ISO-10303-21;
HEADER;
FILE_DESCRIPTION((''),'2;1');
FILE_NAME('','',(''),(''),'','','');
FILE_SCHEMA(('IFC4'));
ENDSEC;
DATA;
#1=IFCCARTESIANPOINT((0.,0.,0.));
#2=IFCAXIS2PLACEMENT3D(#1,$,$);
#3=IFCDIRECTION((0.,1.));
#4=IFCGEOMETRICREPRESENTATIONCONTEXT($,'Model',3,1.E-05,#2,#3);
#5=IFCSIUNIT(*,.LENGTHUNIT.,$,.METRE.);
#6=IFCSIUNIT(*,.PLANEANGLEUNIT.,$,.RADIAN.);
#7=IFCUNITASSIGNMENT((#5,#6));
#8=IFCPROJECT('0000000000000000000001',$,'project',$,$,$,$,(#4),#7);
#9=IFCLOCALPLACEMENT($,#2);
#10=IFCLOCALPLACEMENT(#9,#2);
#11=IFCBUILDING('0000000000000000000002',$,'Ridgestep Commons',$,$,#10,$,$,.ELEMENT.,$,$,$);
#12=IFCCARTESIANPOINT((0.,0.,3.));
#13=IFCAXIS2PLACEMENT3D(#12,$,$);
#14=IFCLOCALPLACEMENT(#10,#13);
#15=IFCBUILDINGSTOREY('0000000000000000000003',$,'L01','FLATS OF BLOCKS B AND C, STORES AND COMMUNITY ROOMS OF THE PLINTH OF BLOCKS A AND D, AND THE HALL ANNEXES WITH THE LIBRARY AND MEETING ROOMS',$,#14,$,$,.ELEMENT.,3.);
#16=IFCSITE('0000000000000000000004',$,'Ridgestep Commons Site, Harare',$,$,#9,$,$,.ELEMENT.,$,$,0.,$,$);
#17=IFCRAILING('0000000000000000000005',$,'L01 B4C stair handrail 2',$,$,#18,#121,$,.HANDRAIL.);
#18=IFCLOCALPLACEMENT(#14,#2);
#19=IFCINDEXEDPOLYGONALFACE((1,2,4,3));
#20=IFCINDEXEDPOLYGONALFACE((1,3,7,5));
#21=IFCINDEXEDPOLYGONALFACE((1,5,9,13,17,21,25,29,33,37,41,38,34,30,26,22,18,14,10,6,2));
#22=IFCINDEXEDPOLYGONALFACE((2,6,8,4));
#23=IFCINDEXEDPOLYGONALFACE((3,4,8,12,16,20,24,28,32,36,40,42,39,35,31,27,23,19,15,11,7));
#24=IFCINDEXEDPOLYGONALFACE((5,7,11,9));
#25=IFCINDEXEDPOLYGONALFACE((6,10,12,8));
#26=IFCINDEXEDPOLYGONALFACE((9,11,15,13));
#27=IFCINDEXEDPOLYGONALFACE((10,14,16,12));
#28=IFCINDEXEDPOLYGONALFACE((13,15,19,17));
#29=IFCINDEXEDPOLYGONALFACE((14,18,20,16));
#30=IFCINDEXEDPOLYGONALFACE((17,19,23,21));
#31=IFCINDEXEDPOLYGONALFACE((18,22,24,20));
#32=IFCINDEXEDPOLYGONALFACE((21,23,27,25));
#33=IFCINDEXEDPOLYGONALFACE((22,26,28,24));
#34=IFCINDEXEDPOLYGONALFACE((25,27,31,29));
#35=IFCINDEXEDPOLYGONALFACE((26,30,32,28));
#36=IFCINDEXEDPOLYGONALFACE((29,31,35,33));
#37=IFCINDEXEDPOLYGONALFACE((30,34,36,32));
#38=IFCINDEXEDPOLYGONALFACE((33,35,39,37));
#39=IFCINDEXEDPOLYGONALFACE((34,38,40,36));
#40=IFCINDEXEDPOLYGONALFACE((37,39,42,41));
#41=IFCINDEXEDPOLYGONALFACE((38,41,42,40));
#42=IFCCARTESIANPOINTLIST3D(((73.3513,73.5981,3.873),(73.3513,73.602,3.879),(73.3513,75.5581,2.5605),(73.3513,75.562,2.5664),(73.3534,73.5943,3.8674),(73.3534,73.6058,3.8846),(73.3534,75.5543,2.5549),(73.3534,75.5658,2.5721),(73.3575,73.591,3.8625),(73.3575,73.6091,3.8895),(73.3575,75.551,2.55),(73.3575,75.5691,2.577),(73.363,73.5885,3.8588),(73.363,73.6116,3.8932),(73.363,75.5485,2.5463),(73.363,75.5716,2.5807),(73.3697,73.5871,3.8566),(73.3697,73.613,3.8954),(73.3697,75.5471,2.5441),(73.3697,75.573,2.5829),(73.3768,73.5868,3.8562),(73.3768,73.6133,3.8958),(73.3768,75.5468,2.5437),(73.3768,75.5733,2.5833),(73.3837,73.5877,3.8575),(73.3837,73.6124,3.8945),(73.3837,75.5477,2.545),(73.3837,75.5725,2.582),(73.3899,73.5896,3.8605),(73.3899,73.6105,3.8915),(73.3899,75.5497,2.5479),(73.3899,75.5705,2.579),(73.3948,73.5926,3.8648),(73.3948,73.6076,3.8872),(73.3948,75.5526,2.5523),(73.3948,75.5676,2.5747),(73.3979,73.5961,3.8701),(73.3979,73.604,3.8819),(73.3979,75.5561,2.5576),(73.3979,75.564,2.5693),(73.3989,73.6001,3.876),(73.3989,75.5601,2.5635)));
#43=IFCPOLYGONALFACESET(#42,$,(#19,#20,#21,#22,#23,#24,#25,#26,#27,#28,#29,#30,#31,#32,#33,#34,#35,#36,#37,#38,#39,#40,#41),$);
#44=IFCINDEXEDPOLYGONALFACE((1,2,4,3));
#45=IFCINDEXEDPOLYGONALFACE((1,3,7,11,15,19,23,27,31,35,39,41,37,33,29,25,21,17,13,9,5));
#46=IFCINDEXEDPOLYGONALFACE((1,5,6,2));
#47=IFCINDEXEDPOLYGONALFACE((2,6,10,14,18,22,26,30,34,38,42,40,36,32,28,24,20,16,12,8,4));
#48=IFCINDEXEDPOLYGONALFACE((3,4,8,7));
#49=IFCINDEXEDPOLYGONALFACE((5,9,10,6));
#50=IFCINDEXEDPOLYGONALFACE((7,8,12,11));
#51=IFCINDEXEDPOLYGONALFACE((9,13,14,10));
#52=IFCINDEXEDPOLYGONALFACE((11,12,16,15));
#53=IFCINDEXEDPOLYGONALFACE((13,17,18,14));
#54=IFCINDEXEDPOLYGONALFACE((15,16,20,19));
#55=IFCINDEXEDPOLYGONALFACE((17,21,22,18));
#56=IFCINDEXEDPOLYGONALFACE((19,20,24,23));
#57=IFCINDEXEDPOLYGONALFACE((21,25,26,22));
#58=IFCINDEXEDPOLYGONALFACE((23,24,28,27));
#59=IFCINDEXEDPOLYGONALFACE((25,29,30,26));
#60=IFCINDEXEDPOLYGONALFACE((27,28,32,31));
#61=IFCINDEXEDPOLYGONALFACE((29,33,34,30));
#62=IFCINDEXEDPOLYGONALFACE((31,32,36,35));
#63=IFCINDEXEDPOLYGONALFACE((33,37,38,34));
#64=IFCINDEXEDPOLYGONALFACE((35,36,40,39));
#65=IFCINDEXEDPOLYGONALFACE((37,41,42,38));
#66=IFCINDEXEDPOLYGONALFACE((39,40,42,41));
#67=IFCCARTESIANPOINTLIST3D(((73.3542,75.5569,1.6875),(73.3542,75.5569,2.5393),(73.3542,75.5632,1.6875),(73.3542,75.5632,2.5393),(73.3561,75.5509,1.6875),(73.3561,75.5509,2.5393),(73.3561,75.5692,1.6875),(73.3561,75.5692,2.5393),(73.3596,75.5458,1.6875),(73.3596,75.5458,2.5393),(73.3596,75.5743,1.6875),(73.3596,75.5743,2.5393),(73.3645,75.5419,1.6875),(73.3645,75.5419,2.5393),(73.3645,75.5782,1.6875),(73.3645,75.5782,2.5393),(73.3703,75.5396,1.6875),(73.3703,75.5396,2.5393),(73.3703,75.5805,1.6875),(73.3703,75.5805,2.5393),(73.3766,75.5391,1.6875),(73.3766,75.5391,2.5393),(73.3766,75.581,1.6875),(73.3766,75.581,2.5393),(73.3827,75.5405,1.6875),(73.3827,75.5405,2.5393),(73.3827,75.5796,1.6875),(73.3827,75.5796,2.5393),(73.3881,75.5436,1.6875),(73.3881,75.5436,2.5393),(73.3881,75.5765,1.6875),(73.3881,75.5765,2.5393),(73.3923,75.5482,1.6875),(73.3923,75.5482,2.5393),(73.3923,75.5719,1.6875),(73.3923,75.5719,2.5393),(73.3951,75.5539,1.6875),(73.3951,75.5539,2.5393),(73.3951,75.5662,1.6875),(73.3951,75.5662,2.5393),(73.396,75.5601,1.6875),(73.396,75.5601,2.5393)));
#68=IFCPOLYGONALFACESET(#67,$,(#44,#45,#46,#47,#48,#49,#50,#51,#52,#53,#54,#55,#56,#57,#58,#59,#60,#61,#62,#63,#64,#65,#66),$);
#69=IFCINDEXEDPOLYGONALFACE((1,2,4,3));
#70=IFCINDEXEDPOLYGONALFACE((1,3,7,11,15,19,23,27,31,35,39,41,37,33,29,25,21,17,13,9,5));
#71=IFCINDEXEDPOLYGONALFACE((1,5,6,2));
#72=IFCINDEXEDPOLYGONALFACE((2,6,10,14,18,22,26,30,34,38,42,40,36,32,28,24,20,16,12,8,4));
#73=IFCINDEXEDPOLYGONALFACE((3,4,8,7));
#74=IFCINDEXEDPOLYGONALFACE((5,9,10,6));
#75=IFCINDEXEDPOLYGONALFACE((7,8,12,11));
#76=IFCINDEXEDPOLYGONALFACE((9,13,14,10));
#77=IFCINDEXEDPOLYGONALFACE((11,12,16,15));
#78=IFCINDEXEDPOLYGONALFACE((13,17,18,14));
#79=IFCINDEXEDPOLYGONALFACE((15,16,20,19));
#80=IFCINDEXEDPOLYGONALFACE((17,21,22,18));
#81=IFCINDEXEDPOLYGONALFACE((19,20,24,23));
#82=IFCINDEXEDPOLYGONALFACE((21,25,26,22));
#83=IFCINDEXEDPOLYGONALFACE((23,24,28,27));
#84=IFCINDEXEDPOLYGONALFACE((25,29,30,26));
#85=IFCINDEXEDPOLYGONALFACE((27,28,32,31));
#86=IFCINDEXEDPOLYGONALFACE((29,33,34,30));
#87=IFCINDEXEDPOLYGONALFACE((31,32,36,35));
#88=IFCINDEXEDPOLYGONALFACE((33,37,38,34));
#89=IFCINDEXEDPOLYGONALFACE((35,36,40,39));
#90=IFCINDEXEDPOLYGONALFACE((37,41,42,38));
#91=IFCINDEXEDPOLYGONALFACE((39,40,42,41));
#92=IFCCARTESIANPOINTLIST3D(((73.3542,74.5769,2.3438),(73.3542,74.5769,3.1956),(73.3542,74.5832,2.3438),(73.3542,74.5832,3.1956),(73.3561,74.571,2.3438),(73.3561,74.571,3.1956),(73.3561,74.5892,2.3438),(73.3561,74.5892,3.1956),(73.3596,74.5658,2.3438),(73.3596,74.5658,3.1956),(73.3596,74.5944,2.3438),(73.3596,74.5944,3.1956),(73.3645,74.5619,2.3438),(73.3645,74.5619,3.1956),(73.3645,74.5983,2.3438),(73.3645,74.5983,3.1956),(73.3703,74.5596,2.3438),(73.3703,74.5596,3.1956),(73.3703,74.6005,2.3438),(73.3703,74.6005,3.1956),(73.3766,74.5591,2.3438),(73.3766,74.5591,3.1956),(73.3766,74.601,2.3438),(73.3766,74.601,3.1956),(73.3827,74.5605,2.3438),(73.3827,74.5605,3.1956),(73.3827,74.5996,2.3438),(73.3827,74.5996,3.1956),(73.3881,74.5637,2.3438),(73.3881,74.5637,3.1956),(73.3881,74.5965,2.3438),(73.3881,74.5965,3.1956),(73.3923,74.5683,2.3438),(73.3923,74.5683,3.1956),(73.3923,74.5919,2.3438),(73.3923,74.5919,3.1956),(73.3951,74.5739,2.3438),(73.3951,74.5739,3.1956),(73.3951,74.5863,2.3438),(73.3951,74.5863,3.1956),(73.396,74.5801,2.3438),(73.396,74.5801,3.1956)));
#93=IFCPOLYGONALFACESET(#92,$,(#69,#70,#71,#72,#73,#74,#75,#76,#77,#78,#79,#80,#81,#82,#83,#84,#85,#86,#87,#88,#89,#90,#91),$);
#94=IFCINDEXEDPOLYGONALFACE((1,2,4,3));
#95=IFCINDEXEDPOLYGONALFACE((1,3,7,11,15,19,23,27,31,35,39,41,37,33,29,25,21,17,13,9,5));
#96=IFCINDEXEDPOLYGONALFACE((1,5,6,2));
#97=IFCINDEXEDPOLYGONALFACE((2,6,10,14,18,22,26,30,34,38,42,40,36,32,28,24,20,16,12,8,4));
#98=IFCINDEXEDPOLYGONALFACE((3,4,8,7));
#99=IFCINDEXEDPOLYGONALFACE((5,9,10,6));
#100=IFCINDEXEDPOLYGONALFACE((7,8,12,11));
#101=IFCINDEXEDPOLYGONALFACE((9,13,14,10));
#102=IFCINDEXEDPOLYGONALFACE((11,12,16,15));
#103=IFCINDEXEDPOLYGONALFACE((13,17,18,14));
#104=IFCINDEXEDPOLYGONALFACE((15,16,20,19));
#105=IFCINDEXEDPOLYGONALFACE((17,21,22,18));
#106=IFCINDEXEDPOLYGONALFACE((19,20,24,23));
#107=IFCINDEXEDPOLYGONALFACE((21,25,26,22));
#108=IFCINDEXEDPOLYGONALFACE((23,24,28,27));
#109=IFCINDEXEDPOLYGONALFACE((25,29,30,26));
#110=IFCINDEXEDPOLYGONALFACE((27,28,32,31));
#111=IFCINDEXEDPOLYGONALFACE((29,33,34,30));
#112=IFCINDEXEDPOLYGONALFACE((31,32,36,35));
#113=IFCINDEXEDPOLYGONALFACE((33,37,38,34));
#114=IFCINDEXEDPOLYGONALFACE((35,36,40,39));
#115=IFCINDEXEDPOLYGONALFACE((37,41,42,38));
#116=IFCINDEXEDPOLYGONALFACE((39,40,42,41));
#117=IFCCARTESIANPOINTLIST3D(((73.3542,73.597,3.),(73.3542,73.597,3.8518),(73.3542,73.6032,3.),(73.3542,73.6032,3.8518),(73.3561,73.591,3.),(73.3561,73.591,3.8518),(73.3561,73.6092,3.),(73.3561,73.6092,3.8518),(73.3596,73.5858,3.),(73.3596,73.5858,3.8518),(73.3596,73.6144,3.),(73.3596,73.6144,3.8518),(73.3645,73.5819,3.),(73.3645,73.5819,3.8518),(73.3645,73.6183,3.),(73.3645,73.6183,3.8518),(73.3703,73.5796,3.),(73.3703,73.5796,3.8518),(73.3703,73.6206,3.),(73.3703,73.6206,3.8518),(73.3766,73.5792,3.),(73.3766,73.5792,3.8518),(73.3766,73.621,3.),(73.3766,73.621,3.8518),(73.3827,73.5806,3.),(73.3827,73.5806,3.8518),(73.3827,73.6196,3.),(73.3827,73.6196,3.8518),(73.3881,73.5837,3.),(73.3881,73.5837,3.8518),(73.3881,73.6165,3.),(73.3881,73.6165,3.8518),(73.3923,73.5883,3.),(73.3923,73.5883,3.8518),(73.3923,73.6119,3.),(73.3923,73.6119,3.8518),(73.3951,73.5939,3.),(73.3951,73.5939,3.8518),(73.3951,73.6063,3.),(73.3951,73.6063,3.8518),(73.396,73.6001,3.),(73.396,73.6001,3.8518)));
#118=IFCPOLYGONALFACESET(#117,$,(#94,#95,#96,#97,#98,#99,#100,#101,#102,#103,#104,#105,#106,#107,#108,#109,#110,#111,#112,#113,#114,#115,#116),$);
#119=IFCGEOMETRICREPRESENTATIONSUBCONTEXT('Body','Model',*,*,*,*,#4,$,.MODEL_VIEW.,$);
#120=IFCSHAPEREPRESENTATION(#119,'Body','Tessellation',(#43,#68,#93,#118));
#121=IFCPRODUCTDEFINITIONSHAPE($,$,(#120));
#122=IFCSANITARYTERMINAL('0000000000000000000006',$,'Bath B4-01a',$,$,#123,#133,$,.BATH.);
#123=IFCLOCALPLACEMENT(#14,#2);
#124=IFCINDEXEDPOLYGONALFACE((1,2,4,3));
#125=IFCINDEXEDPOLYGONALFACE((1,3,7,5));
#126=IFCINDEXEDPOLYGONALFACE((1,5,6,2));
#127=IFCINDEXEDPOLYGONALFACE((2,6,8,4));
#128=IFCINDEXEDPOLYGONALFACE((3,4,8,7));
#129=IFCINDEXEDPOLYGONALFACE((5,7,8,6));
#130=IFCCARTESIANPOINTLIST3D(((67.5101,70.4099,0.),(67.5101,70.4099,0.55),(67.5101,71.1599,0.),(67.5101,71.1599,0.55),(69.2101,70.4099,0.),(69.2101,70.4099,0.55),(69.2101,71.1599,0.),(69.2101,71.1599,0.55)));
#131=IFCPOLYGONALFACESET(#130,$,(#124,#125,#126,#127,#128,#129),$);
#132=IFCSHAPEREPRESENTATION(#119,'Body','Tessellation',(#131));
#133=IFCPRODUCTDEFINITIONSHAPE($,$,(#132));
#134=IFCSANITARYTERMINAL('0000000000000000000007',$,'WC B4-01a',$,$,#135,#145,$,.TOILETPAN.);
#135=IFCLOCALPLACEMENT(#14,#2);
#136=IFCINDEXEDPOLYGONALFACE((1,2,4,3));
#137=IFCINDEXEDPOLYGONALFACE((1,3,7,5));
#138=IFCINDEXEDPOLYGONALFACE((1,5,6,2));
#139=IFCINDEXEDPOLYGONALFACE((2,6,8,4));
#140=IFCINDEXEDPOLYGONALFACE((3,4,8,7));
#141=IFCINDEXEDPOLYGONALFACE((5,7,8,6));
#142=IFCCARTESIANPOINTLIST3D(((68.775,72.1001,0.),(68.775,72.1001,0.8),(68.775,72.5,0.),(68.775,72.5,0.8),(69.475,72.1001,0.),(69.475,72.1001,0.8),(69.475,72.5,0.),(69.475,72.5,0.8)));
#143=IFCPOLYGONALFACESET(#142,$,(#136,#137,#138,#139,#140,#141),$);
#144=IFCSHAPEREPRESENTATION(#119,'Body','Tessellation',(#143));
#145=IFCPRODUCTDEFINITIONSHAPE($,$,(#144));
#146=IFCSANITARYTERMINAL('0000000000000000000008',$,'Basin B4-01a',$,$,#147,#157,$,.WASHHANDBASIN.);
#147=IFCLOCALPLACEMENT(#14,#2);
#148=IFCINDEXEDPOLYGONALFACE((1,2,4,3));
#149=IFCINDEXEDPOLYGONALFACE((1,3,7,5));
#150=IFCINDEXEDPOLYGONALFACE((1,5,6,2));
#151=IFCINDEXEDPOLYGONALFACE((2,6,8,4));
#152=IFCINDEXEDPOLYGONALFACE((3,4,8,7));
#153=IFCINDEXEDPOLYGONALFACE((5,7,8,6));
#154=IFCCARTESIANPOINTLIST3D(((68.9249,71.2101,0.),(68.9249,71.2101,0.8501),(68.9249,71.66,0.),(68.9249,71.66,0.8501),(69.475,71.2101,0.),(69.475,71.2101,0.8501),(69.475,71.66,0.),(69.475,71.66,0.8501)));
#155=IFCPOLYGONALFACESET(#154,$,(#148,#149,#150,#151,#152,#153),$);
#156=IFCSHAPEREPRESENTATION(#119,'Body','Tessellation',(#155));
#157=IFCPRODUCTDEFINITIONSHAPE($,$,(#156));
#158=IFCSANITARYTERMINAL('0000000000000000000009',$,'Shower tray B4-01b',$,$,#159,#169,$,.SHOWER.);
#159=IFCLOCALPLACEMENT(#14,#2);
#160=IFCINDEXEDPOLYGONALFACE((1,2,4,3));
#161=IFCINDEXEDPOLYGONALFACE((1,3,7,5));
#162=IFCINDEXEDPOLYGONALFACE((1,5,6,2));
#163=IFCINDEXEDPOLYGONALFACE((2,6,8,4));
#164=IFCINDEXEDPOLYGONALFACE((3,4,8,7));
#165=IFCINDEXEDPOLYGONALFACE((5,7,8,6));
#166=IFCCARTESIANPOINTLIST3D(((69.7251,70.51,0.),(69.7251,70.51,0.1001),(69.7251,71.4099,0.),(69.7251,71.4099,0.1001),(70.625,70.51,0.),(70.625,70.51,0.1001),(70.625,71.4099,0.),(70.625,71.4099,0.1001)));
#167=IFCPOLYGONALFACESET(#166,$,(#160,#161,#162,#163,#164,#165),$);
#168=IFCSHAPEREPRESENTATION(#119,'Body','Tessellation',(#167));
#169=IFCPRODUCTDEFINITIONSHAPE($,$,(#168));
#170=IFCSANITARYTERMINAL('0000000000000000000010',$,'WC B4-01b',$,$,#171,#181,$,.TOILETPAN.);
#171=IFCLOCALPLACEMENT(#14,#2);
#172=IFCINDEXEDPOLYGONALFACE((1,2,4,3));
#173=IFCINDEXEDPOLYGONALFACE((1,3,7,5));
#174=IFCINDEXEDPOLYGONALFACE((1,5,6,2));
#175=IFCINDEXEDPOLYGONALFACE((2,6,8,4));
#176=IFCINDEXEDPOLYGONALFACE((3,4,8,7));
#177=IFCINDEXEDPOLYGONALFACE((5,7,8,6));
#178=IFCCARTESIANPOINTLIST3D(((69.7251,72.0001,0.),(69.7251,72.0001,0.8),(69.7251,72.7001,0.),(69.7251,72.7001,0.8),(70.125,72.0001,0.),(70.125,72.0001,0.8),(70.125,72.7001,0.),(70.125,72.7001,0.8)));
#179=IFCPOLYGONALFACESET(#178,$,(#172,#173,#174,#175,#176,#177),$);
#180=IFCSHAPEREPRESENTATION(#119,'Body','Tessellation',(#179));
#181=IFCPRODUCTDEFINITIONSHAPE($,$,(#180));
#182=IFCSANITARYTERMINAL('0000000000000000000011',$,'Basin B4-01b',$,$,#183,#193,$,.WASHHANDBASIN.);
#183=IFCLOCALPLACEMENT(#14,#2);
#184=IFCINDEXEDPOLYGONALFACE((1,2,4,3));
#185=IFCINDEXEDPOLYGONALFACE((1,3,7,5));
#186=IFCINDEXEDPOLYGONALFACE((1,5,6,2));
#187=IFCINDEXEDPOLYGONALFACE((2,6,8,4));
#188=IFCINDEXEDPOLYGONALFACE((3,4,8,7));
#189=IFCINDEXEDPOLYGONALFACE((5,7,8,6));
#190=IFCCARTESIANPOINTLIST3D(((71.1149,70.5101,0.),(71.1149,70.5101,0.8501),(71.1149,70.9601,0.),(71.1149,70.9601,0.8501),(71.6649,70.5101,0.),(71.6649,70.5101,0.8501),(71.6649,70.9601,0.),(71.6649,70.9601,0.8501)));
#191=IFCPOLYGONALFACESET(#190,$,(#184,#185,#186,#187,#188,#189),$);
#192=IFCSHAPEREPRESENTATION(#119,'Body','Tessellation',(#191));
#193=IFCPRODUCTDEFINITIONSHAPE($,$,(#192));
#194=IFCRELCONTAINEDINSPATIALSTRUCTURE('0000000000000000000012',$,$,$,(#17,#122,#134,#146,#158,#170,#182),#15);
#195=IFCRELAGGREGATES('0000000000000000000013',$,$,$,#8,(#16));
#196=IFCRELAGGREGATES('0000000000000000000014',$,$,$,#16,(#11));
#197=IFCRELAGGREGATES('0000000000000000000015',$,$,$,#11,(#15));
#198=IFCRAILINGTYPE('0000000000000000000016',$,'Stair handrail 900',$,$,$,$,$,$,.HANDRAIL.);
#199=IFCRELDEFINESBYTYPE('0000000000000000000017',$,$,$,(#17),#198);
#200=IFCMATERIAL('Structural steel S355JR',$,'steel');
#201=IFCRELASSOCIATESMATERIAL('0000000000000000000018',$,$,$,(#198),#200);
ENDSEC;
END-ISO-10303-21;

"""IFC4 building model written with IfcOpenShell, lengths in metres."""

from ifc_helpers import new_model, si_unit, direction, frame, origin, origin_2d, place, context, subcontext, project, spatial, rectangle, circle, extrude, material, type_object, element, save


model = new_model("IFC4")

# Units and contexts
model_context = context("Model", 3, precision=1e-05, world=origin(), true_north=direction((0.0, 1.0)))
body_context = subcontext(model_context, "Body", "Model", "MODEL_VIEW")
ifc_project = project(units=[si_unit("LENGTHUNIT", "METRE"), si_unit("PLANEANGLEUNIT", "RADIAN")], contexts=[model_context])

# Site, building, storey
site_placement = place(None, origin())
site = spatial("IfcSite", under=ifc_project, at=site_placement, Name="Ridgestep Commons Site, Harare", CompositionType="ELEMENT", RefElevation=0.0)
building_placement = place(site_placement, origin())
building = spatial("IfcBuilding", under=site, at=building_placement, Name="Ridgestep Commons", CompositionType="ELEMENT")
storey_placement = place(building_placement, frame((0.0, 0.0, 3.0)))
storey = spatial("IfcBuildingStorey", under=building, at=storey_placement, Name="L01", Description="FLATS OF BLOCKS B AND C, STORES AND COMMUNITY ROOMS OF THE PLINTH OF BLOCKS A AND D, AND THE HALL ANNEXES WITH THE LIBRARY AND MEETING ROOMS", CompositionType="ELEMENT", Elevation=3.0)

# Railing
ifc_material_1 = material(Name="Structural steel S355JR", Category="steel")
railing_type_1 = type_object("IfcRailingType", Name="Stair handrail 900", PredefinedType="HANDRAIL", material=ifc_material_1)
railing_1_placement = place(storey_placement, frame((73.375, 75.5601, 1.6875)))
element("IfcRailing", 1, at=railing_1_placement, inside=storey, type_object=railing_type_1, Name="L01 B4C stair handrail 2", PredefinedType="HANDRAIL", context=body_context, shape_type="SweptSolid", body=[
    extrude(circle(Radius=0.0239, at=origin_2d()), frame((0.0, 0.0, 0.876), z_axis=(0.0, -0.830902, 0.556419), x_axis=(1.0, 0.0, 0.0)), (0.0, 0.0, 1.0), 2.3589),
    extrude(circle(Radius=0.021, at=origin_2d()), origin(), (0.0, 0.0, 1.0), 0.8518),
    extrude(circle(Radius=0.021, at=origin_2d()), frame((0.0, -0.98, 0.6562)), (0.0, 0.0, 1.0), 0.8518),
    extrude(circle(Radius=0.021, at=origin_2d()), frame((0.0, -1.96, 1.3125)), (0.0, 0.0, 1.0), 0.8518),
])

# Sanitary terminals
sanitary_terminal_1_placement = place(storey_placement, frame((68.3601, 70.7849, 0.0), z_axis=(0.0, 0.0, 1.0), x_axis=(1.0, 0.0, 0.0)))
element("IfcSanitaryTerminal", 2, at=sanitary_terminal_1_placement, inside=storey, Name="Bath B4-01a", PredefinedType="BATH", context=body_context, shape_type="SweptSolid", body=[
    extrude(rectangle(XDim=1.7, YDim=0.75, at=origin_2d()), origin(), (0.0, 0.0, 1.0), 0.55),
])
sanitary_terminal_2_placement = place(storey_placement, frame((69.125, 72.3, 0.0), z_axis=(0.0, 0.0, 1.0), x_axis=(1.0, 0.0, 0.0)))
element("IfcSanitaryTerminal", 3, at=sanitary_terminal_2_placement, inside=storey, Name="WC B4-01a", PredefinedType="TOILETPAN", context=body_context, shape_type="SweptSolid", body=[
    extrude(rectangle(XDim=0.7, YDim=0.3999, at=origin_2d()), origin(), (0.0, 0.0, 1.0), 0.8),
])
sanitary_terminal_3_placement = place(storey_placement, frame((69.2, 71.4351, 0.0), z_axis=(0.0, 0.0, 1.0), x_axis=(1.0, 0.0, 0.0)))
element("IfcSanitaryTerminal", 4, at=sanitary_terminal_3_placement, inside=storey, Name="Basin B4-01a", PredefinedType="WASHHANDBASIN", context=body_context, shape_type="SweptSolid", body=[
    extrude(rectangle(XDim=0.55, YDim=0.45, at=origin_2d()), origin(), (0.0, 0.0, 1.0), 0.8501),
])
sanitary_terminal_4_placement = place(storey_placement, frame((70.175, 70.96, 0.0), z_axis=(0.0, 0.0, 1.0), x_axis=(1.0, 0.0, 0.0)))
element("IfcSanitaryTerminal", 5, at=sanitary_terminal_4_placement, inside=storey, Name="Shower tray B4-01b", PredefinedType="SHOWER", context=body_context, shape_type="SweptSolid", body=[
    extrude(rectangle(XDim=0.8999, YDim=0.8999, at=origin_2d()), origin(), (0.0, 0.0, 1.0), 0.1001),
])
sanitary_terminal_5_placement = place(storey_placement, frame((69.925, 72.3501, 0.0), z_axis=(0.0, 0.0, 1.0), x_axis=(1.0, 0.0, 0.0)))
element("IfcSanitaryTerminal", 6, at=sanitary_terminal_5_placement, inside=storey, Name="WC B4-01b", PredefinedType="TOILETPAN", context=body_context, shape_type="SweptSolid", body=[
    extrude(rectangle(XDim=0.3999, YDim=0.7, at=origin_2d()), origin(), (0.0, 0.0, 1.0), 0.8),
])
sanitary_terminal_6_placement = place(storey_placement, frame((71.3899, 70.7351, 0.0), z_axis=(0.0, 0.0, 1.0), x_axis=(1.0, 0.0, 0.0)))
element("IfcSanitaryTerminal", 7, at=sanitary_terminal_6_placement, inside=storey, Name="Basin B4-01b", PredefinedType="WASHHANDBASIN", context=body_context, shape_type="SweptSolid", body=[
    extrude(rectangle(XDim=0.55, YDim=0.45, at=origin_2d()), origin(), (0.0, 0.0, 1.0), 0.8501),
])

save(model, "model.ifc")
